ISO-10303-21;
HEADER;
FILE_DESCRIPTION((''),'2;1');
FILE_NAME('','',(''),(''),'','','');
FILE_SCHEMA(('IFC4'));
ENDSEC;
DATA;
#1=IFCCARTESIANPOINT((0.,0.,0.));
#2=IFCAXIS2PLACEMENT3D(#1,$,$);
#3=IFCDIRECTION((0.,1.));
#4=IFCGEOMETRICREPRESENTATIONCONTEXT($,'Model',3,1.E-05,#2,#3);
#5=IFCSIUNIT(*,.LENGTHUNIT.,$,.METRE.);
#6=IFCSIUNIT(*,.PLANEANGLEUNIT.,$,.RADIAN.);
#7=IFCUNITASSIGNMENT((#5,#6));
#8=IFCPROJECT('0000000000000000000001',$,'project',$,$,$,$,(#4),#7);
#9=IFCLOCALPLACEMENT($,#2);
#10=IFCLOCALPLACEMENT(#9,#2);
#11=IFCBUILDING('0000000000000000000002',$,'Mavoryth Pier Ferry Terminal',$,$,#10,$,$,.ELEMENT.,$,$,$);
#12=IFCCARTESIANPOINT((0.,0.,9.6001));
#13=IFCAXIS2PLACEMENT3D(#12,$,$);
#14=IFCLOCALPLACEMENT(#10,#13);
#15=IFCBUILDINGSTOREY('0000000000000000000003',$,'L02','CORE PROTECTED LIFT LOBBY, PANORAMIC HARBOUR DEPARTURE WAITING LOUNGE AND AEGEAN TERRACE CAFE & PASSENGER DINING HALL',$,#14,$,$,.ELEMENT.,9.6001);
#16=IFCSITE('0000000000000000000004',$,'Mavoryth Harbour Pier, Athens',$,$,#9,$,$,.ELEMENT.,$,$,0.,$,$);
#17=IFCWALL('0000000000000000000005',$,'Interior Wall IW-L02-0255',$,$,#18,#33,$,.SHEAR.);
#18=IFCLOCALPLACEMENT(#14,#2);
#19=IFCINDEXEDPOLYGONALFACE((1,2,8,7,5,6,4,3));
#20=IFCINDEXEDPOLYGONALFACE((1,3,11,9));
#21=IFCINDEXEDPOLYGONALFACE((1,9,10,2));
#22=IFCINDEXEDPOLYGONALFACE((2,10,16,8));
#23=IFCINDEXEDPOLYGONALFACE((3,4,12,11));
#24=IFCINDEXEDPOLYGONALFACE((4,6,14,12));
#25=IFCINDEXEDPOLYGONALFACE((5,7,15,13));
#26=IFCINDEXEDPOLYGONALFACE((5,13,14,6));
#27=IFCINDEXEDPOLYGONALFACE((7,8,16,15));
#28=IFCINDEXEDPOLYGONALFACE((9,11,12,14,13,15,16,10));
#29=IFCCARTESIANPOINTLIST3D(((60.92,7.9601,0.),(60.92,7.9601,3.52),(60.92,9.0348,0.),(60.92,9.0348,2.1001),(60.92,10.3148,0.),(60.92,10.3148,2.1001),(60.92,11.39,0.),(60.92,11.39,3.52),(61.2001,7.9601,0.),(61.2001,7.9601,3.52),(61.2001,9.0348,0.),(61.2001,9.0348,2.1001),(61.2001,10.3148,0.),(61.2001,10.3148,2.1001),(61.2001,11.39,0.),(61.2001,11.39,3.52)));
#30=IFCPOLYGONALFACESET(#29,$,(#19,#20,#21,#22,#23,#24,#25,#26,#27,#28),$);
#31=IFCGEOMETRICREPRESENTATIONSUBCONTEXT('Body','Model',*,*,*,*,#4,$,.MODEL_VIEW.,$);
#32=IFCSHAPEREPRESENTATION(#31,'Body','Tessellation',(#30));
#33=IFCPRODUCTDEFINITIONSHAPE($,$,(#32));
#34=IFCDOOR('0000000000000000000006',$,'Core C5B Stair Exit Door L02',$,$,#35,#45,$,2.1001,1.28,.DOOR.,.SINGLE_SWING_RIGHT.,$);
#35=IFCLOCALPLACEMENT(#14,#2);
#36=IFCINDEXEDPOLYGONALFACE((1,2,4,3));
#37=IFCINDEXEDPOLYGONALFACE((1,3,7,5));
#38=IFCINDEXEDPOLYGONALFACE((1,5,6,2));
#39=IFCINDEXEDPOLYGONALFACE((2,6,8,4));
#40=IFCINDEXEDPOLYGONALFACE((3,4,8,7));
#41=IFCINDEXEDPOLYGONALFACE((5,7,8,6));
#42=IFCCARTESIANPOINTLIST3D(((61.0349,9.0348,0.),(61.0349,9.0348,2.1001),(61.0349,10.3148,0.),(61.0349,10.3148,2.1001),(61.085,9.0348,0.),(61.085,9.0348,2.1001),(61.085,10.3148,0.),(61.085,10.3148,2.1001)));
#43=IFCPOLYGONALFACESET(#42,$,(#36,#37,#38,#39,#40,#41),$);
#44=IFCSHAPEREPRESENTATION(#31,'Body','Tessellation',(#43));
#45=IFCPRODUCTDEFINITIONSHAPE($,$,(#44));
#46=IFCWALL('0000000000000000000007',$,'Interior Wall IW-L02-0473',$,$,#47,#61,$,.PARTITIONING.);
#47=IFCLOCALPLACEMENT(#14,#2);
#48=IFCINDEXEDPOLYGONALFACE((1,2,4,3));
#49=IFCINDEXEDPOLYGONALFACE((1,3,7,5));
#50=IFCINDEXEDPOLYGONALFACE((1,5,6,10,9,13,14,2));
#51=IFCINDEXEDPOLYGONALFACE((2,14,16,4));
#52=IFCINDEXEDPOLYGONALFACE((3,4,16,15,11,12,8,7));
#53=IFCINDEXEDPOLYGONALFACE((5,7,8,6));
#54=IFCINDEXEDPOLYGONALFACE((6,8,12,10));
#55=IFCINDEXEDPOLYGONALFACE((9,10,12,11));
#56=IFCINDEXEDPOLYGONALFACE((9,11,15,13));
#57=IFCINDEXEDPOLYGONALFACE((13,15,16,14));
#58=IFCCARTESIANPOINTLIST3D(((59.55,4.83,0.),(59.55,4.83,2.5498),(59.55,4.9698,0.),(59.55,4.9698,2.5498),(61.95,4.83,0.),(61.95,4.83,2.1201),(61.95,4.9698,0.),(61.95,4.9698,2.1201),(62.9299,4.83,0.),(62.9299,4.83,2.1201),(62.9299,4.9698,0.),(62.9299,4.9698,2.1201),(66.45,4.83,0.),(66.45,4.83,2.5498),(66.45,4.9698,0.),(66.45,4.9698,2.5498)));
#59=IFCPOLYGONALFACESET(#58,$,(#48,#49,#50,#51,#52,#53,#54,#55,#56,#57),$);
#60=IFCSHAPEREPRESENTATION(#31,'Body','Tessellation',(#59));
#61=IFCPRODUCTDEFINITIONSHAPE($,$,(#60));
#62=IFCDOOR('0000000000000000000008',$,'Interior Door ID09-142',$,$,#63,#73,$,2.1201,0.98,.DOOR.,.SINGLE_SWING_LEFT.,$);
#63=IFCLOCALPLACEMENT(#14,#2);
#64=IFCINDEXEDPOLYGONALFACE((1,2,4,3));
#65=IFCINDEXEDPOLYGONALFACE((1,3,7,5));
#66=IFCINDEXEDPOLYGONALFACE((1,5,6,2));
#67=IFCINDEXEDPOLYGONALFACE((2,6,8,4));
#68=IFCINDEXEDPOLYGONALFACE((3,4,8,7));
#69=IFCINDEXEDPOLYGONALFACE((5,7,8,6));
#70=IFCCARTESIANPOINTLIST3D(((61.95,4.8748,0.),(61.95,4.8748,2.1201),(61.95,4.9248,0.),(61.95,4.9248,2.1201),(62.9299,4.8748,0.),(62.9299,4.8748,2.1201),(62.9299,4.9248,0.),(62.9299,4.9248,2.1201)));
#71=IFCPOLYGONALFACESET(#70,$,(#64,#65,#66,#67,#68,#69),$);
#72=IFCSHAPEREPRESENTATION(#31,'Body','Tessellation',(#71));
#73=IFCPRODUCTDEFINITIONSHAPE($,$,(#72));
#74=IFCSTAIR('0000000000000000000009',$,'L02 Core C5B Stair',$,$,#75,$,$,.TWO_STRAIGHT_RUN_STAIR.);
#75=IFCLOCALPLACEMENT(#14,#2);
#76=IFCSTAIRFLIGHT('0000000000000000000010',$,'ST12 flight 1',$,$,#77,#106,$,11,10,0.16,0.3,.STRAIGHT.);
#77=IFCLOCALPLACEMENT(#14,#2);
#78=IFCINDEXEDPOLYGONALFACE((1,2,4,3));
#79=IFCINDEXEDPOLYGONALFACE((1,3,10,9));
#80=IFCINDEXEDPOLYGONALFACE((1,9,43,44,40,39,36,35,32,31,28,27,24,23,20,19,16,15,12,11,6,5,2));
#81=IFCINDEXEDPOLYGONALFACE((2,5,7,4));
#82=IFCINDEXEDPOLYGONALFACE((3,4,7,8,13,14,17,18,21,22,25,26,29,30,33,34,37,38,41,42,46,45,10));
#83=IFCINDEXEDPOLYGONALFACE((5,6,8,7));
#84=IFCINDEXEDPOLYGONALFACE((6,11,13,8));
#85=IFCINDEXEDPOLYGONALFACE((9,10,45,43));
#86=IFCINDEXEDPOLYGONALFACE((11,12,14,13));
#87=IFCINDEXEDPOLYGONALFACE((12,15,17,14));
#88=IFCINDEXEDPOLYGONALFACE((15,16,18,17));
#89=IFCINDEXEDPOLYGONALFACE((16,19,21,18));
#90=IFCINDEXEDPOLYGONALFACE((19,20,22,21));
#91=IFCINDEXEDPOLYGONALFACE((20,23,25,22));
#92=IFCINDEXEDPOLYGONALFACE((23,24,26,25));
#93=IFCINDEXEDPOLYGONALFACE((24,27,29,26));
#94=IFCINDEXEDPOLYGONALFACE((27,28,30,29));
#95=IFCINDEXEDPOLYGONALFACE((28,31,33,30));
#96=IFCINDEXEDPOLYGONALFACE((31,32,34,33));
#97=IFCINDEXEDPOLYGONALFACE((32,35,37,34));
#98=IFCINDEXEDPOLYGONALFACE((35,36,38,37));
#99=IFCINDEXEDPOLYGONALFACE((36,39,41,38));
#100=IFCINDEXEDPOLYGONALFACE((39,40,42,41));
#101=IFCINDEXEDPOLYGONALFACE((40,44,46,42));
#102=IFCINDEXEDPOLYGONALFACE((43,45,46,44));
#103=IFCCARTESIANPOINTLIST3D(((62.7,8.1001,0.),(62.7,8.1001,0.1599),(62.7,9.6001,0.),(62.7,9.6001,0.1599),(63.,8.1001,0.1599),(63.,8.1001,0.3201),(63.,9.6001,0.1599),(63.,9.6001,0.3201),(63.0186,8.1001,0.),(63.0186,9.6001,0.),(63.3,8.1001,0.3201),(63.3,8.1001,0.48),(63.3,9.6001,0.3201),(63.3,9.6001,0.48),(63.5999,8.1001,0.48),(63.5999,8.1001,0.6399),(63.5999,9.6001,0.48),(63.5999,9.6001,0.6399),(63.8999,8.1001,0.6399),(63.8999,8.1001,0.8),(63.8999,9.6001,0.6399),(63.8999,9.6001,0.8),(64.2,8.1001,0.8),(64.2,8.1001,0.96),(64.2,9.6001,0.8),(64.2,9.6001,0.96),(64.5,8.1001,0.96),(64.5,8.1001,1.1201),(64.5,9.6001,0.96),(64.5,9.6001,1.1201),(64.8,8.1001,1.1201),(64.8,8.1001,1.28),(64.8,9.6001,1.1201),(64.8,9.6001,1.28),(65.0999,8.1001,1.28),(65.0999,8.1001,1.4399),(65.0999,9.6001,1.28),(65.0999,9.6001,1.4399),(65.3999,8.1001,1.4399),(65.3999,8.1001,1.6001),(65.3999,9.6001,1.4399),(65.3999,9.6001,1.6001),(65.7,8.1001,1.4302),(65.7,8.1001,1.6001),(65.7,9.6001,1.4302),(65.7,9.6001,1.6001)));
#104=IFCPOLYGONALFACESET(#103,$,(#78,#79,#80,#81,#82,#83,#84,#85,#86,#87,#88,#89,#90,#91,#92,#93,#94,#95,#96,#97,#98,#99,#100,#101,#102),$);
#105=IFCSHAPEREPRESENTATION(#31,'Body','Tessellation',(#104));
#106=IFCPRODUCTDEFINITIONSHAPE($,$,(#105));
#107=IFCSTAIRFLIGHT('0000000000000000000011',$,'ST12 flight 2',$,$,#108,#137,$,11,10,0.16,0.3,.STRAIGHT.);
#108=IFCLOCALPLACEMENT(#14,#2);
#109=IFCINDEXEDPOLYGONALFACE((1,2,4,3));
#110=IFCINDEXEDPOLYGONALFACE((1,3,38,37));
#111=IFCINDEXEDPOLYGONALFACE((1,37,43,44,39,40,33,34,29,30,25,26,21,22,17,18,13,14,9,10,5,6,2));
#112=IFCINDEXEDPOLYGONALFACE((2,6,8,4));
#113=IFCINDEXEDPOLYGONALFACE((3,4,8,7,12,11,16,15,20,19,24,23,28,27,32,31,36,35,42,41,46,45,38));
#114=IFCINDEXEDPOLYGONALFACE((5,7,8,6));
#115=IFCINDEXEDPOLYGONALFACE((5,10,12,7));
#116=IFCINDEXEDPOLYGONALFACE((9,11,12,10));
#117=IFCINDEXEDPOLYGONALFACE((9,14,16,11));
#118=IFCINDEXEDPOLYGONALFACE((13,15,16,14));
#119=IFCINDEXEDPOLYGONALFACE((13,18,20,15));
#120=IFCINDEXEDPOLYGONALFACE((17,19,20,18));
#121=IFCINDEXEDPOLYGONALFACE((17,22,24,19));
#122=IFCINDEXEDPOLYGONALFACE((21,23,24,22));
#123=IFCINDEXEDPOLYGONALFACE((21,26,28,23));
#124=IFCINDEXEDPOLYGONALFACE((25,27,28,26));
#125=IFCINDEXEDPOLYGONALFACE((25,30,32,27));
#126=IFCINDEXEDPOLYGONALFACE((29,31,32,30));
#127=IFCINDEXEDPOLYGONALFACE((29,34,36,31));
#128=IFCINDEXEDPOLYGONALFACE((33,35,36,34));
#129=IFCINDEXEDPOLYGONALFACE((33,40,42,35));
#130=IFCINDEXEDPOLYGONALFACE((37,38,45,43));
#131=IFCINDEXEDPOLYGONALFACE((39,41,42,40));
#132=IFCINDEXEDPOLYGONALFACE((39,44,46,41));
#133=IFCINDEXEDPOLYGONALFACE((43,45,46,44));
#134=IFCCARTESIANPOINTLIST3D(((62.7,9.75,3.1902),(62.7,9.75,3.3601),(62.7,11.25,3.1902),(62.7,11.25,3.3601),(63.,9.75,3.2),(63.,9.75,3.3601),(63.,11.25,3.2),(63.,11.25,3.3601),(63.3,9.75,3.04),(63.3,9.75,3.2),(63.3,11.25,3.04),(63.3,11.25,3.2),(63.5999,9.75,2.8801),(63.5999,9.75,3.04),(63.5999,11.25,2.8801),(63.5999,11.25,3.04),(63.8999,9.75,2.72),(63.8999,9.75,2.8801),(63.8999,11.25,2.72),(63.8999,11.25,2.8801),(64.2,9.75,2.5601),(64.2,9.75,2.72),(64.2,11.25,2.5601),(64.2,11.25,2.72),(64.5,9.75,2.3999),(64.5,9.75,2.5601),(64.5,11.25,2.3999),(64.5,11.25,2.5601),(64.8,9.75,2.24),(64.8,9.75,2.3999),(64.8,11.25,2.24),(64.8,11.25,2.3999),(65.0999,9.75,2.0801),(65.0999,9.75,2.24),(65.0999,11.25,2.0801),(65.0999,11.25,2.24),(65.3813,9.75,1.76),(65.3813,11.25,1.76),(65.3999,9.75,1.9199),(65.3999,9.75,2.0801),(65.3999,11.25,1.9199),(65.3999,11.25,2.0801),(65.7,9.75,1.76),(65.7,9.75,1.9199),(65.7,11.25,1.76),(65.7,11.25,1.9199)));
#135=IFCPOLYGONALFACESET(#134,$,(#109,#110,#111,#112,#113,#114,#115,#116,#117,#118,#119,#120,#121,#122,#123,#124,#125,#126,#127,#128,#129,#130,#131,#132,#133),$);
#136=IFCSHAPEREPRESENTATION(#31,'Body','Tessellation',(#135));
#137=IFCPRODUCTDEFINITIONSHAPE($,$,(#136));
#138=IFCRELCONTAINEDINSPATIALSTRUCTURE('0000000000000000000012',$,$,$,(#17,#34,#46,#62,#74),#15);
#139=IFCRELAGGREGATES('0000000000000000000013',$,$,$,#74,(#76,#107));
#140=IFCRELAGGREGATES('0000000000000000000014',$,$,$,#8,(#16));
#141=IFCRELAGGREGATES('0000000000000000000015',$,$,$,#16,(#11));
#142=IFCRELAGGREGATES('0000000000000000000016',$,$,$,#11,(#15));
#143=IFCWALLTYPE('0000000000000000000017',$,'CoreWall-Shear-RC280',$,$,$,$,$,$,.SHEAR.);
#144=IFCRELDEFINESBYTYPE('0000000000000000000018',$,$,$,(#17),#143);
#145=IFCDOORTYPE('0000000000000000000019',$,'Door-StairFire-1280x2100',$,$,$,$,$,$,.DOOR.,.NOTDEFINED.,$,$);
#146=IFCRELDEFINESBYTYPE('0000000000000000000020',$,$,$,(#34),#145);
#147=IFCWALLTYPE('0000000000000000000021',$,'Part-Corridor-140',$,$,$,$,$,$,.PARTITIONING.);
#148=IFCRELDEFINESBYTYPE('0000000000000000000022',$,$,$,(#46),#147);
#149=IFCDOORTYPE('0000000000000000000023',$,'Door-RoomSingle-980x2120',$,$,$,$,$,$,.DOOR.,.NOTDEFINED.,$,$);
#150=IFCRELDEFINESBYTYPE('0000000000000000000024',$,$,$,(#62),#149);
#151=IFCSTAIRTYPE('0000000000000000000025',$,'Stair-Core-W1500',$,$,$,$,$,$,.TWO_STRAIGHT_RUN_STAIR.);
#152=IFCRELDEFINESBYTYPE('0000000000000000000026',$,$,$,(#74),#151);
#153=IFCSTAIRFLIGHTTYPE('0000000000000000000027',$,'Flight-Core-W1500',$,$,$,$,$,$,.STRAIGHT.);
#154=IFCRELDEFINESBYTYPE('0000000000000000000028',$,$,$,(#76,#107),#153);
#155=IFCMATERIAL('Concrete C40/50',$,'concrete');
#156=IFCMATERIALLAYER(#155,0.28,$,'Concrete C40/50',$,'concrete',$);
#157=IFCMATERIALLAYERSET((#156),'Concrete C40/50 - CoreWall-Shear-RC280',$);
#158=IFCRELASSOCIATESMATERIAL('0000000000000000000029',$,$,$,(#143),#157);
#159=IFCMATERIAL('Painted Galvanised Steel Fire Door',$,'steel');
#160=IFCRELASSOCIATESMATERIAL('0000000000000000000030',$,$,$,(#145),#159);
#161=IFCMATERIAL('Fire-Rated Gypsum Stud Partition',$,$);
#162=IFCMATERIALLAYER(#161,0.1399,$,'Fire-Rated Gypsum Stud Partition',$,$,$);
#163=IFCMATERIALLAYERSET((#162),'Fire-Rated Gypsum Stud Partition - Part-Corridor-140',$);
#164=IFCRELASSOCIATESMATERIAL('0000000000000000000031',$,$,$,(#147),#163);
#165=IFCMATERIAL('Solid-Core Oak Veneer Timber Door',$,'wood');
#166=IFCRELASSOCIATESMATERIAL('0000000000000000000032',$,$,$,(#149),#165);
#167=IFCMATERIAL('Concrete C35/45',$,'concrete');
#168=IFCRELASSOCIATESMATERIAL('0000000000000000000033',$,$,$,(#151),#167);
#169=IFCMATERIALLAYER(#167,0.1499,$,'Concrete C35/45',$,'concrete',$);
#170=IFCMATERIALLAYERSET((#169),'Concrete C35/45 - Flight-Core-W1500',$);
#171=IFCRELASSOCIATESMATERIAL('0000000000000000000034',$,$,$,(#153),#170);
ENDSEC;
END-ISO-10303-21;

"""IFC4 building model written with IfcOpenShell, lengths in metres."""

from ifc_helpers import new_model, si_unit, direction, frame, frame_2d, origin, place, context, subcontext, project, spatial, polyline, rectangle, outline, extrude, material, layer, layer_set, type_object, element, fill, aggregate, save


model = new_model("IFC4")

# Units and contexts
model_context = context("Model", 3, precision=1e-05, world=origin(), true_north=direction((0.0, 1.0)))
body_context = subcontext(model_context, "Body", "Model", "MODEL_VIEW")
ifc_project = project(units=[si_unit("LENGTHUNIT", "METRE"), si_unit("PLANEANGLEUNIT", "RADIAN")], contexts=[model_context])

# Site, building, storey
site_placement = place(None, origin())
site = spatial("IfcSite", under=ifc_project, at=site_placement, Name="Mavoryth Harbour Pier, Athens", CompositionType="ELEMENT", RefElevation=0.0)
building_placement = place(site_placement, origin())
building = spatial("IfcBuilding", under=site, at=building_placement, Name="Mavoryth Pier Ferry Terminal", CompositionType="ELEMENT")
storey_placement = place(building_placement, frame((0.0, 0.0, 9.6001)))
storey = spatial("IfcBuildingStorey", under=building, at=storey_placement, Name="L02", Description="CORE PROTECTED LIFT LOBBY, PANORAMIC HARBOUR DEPARTURE WAITING LOUNGE AND AEGEAN TERRACE CAFE & PASSENGER DINING HALL", CompositionType="ELEMENT", Elevation=9.6001)

# Shared definitions
ifc_material_1 = material(Name="Concrete C35/45", Category="concrete")

# Shared definitions
ifc_material_2 = material(Name="Concrete C40/50", Category="concrete")
ifc_layer_1 = layer(ifc_material_2, 0.28, Name="Concrete C40/50", Category="concrete")
ifc_layer_set_1 = layer_set([ifc_layer_1], Name="Concrete C40/50 - CoreWall-Shear-RC280")
wall_type_1 = type_object("IfcWallType", Name="CoreWall-Shear-RC280", PredefinedType="SHEAR", material=ifc_layer_set_1)

# Walls, openings, doors
wall_1_placement = place(storey_placement, frame((61.0601, 11.3899, 0.0), z_axis=(0.0, 0.0, 1.0), x_axis=(0.0, -1.0, 0.0)))
wall_1 = element("IfcWall", 1, at=wall_1_placement, inside=storey, type_object=wall_type_1, Name="Interior Wall IW-L02-0255", PredefinedType="SHEAR", context=body_context, shape_type="SweptSolid", body=[
    extrude(rectangle(XDim=3.4299, YDim=0.28, at=frame_2d((1.7148, 0.0))), origin(), (0.0, 0.0, 1.0), 3.52),
])
opening_1_placement = place(wall_1_placement, frame((1.075, 0.0, 0.0)))
opening_1 = element("IfcOpeningElement", 2, at=opening_1_placement, cuts=wall_1, PredefinedType="OPENING", context=body_context, shape_type="SweptSolid", body=[
    extrude(rectangle(XDim=1.28, YDim=2.1001, at=frame_2d((0.6401, 1.05))), frame((0.0, 0.1499, 0.0), z_axis=(0.0, -1.0, 0.0), x_axis=(1.0, 0.0, 0.0)), (0.0, 0.0, 1.0), 0.3),
])
ifc_material_3 = material(Name="Painted Galvanised Steel Fire Door", Category="steel")
door_type_1 = type_object("IfcDoorType", Name="Door-StairFire-1280x2100", OperationType="NOTDEFINED", PredefinedType="DOOR", material=ifc_material_3)
door_1_placement = place(opening_1_placement, origin())
door_1 = element("IfcDoor", 3, at=door_1_placement, inside=storey, type_object=door_type_1, Name="Core C5B Stair Exit Door L02", OperationType="SINGLE_SWING_RIGHT", OverallHeight=2.1001, OverallWidth=1.28, PredefinedType="DOOR", context=body_context, shape_type="SweptSolid", body=[
    extrude(rectangle(XDim=1.28, YDim=2.1001, at=frame_2d((0.6401, 1.05))), frame((0.0, 0.0249, 0.0), z_axis=(0.0, -1.0, 0.0), x_axis=(1.0, 0.0, 0.0)), (0.0, 0.0, 1.0), 0.05),
])
fill(opening_1, door_1)
ifc_material_4 = material(Name="Fire-Rated Gypsum Stud Partition")
ifc_layer_2 = layer(ifc_material_4, 0.1399, Name="Fire-Rated Gypsum Stud Partition")
ifc_layer_set_2 = layer_set([ifc_layer_2], Name="Fire-Rated Gypsum Stud Partition - Part-Corridor-140")
wall_type_2 = type_object("IfcWallType", Name="Part-Corridor-140", PredefinedType="PARTITIONING", material=ifc_layer_set_2)
wall_2_placement = place(storey_placement, frame((59.55, 4.8999, 0.0), z_axis=(0.0, 0.0, 1.0), x_axis=(1.0, 0.0, 0.0)))
wall_2 = element("IfcWall", 4, at=wall_2_placement, inside=storey, type_object=wall_type_2, Name="Interior Wall IW-L02-0473", PredefinedType="PARTITIONING", context=body_context, shape_type="SweptSolid", body=[
    extrude(rectangle(XDim=6.8999, YDim=0.1399, at=frame_2d((3.45, 0.0))), origin(), (0.0, 0.0, 1.0), 2.5498),
])
opening_2_placement = place(wall_2_placement, frame((2.3999, 0.0, 0.0)))
opening_2 = element("IfcOpeningElement", 5, at=opening_2_placement, cuts=wall_2, PredefinedType="OPENING", context=body_context, shape_type="SweptSolid", body=[
    extrude(rectangle(XDim=0.98, YDim=2.1201, at=frame_2d((0.49, 1.0601))), frame((0.0, 0.0798, 0.0), z_axis=(0.0, -1.0, 0.0), x_axis=(1.0, 0.0, 0.0)), (0.0, 0.0, 1.0), 0.1599),
])
ifc_material_5 = material(Name="Solid-Core Oak Veneer Timber Door", Category="wood")
door_type_2 = type_object("IfcDoorType", Name="Door-RoomSingle-980x2120", OperationType="NOTDEFINED", PredefinedType="DOOR", material=ifc_material_5)
door_2_placement = place(opening_2_placement, origin())
door_2 = element("IfcDoor", 6, at=door_2_placement, inside=storey, type_object=door_type_2, Name="Interior Door ID09-142", OperationType="SINGLE_SWING_LEFT", OverallHeight=2.1201, OverallWidth=0.98, PredefinedType="DOOR", context=body_context, shape_type="SweptSolid", body=[
    extrude(rectangle(XDim=0.98, YDim=2.1201, at=frame_2d((0.49, 1.0601))), frame((0.0, 0.0249, 0.0), z_axis=(0.0, -1.0, 0.0), x_axis=(1.0, 0.0, 0.0)), (0.0, 0.0, 1.0), 0.05),
])
fill(opening_2, door_2)

# Stair, stair flights
stair_type = type_object("IfcStairType", Name="Stair-Core-W1500", PredefinedType="TWO_STRAIGHT_RUN_STAIR", material=ifc_material_1)
stair_placement = place(storey_placement, origin())
stair = element("IfcStair", 7, at=stair_placement, inside=storey, type_object=stair_type, Name="L02 Core C5B Stair", PredefinedType="TWO_STRAIGHT_RUN_STAIR")
ifc_layer_3 = layer(ifc_material_1, 0.1499, Name="Concrete C35/45", Category="concrete")
ifc_layer_set_3 = layer_set([ifc_layer_3], Name="Concrete C35/45 - Flight-Core-W1500")
stair_flight_type = type_object("IfcStairFlightType", Name="Flight-Core-W1500", PredefinedType="STRAIGHT", material=ifc_layer_set_3)
stair_flight_1_placement = place(storey_placement, frame((62.7, 8.8501, 0.0), z_axis=(0.0, 0.0, 1.0), x_axis=(1.0, 0.0, 0.0)))
stair_flight_1 = element("IfcStairFlight", 8, at=stair_flight_1_placement, type_object=stair_flight_type, Name="ST12 flight 1", NumberOfRisers=11, NumberOfTreads=10, PredefinedType="STRAIGHT", RiserHeight=0.16, TreadLength=0.3, context=body_context, shape_type="SweptSolid", body=[
    extrude(outline(polyline([(0.0, 0.0), (0.0, 0.1599), (0.3, 0.1599), (0.3, 0.3201), (0.6001, 0.3201), (0.6001, 0.48), (0.8999, 0.48), (0.8999, 0.6399), (1.2, 0.6399), (1.2, 0.8), (1.5, 0.8), (1.5, 0.96), (1.8, 0.96), (1.8, 1.1201), (2.1001, 1.1201), (2.1001, 1.28), (2.3999, 1.28), (2.3999, 1.4399), (2.7, 1.4399), (2.7, 1.6001), (3.0, 1.6001), (3.0, 1.76), (3.0, 1.4302), (0.3186, 0.0), (0.0, 0.0)])), frame((0.0, 0.75, 0.0), z_axis=(0.0, -1.0, 0.0), x_axis=(1.0, 0.0, 0.0)), (0.0, 0.0, 1.0), 1.5),
])
stair_flight_2_placement = place(storey_placement, frame((65.7, 10.5, 1.76), z_axis=(0.0, 0.0, 1.0), x_axis=(-1.0, 0.0, 0.0)))
stair_flight_2 = element("IfcStairFlight", 9, at=stair_flight_2_placement, type_object=stair_flight_type, Name="ST12 flight 2", NumberOfRisers=11, NumberOfTreads=10, PredefinedType="STRAIGHT", RiserHeight=0.16, TreadLength=0.3, context=body_context, shape_type="SweptSolid", body=[
    extrude(outline(polyline([(0.0, 0.0), (0.0, 0.1599), (0.3, 0.1599), (0.3, 0.3201), (0.6001, 0.3201), (0.6001, 0.48), (0.8999, 0.48), (0.8999, 0.6399), (1.2, 0.6399), (1.2, 0.8), (1.5, 0.8), (1.5, 0.96), (1.8, 0.96), (1.8, 1.1201), (2.1001, 1.1201), (2.1001, 1.28), (2.3999, 1.28), (2.3999, 1.4399), (2.7, 1.4399), (2.7, 1.6001), (3.0, 1.6001), (3.0, 1.76), (3.0, 1.4302), (0.3186, 0.0), (0.0, 0.0)])), frame((0.0, 0.75, 0.0), z_axis=(0.0, -1.0, 0.0), x_axis=(1.0, 0.0, 0.0)), (0.0, 0.0, 1.0), 1.5),
])
aggregate(stair, [stair_flight_1, stair_flight_2])

save(model, "model.ifc")
